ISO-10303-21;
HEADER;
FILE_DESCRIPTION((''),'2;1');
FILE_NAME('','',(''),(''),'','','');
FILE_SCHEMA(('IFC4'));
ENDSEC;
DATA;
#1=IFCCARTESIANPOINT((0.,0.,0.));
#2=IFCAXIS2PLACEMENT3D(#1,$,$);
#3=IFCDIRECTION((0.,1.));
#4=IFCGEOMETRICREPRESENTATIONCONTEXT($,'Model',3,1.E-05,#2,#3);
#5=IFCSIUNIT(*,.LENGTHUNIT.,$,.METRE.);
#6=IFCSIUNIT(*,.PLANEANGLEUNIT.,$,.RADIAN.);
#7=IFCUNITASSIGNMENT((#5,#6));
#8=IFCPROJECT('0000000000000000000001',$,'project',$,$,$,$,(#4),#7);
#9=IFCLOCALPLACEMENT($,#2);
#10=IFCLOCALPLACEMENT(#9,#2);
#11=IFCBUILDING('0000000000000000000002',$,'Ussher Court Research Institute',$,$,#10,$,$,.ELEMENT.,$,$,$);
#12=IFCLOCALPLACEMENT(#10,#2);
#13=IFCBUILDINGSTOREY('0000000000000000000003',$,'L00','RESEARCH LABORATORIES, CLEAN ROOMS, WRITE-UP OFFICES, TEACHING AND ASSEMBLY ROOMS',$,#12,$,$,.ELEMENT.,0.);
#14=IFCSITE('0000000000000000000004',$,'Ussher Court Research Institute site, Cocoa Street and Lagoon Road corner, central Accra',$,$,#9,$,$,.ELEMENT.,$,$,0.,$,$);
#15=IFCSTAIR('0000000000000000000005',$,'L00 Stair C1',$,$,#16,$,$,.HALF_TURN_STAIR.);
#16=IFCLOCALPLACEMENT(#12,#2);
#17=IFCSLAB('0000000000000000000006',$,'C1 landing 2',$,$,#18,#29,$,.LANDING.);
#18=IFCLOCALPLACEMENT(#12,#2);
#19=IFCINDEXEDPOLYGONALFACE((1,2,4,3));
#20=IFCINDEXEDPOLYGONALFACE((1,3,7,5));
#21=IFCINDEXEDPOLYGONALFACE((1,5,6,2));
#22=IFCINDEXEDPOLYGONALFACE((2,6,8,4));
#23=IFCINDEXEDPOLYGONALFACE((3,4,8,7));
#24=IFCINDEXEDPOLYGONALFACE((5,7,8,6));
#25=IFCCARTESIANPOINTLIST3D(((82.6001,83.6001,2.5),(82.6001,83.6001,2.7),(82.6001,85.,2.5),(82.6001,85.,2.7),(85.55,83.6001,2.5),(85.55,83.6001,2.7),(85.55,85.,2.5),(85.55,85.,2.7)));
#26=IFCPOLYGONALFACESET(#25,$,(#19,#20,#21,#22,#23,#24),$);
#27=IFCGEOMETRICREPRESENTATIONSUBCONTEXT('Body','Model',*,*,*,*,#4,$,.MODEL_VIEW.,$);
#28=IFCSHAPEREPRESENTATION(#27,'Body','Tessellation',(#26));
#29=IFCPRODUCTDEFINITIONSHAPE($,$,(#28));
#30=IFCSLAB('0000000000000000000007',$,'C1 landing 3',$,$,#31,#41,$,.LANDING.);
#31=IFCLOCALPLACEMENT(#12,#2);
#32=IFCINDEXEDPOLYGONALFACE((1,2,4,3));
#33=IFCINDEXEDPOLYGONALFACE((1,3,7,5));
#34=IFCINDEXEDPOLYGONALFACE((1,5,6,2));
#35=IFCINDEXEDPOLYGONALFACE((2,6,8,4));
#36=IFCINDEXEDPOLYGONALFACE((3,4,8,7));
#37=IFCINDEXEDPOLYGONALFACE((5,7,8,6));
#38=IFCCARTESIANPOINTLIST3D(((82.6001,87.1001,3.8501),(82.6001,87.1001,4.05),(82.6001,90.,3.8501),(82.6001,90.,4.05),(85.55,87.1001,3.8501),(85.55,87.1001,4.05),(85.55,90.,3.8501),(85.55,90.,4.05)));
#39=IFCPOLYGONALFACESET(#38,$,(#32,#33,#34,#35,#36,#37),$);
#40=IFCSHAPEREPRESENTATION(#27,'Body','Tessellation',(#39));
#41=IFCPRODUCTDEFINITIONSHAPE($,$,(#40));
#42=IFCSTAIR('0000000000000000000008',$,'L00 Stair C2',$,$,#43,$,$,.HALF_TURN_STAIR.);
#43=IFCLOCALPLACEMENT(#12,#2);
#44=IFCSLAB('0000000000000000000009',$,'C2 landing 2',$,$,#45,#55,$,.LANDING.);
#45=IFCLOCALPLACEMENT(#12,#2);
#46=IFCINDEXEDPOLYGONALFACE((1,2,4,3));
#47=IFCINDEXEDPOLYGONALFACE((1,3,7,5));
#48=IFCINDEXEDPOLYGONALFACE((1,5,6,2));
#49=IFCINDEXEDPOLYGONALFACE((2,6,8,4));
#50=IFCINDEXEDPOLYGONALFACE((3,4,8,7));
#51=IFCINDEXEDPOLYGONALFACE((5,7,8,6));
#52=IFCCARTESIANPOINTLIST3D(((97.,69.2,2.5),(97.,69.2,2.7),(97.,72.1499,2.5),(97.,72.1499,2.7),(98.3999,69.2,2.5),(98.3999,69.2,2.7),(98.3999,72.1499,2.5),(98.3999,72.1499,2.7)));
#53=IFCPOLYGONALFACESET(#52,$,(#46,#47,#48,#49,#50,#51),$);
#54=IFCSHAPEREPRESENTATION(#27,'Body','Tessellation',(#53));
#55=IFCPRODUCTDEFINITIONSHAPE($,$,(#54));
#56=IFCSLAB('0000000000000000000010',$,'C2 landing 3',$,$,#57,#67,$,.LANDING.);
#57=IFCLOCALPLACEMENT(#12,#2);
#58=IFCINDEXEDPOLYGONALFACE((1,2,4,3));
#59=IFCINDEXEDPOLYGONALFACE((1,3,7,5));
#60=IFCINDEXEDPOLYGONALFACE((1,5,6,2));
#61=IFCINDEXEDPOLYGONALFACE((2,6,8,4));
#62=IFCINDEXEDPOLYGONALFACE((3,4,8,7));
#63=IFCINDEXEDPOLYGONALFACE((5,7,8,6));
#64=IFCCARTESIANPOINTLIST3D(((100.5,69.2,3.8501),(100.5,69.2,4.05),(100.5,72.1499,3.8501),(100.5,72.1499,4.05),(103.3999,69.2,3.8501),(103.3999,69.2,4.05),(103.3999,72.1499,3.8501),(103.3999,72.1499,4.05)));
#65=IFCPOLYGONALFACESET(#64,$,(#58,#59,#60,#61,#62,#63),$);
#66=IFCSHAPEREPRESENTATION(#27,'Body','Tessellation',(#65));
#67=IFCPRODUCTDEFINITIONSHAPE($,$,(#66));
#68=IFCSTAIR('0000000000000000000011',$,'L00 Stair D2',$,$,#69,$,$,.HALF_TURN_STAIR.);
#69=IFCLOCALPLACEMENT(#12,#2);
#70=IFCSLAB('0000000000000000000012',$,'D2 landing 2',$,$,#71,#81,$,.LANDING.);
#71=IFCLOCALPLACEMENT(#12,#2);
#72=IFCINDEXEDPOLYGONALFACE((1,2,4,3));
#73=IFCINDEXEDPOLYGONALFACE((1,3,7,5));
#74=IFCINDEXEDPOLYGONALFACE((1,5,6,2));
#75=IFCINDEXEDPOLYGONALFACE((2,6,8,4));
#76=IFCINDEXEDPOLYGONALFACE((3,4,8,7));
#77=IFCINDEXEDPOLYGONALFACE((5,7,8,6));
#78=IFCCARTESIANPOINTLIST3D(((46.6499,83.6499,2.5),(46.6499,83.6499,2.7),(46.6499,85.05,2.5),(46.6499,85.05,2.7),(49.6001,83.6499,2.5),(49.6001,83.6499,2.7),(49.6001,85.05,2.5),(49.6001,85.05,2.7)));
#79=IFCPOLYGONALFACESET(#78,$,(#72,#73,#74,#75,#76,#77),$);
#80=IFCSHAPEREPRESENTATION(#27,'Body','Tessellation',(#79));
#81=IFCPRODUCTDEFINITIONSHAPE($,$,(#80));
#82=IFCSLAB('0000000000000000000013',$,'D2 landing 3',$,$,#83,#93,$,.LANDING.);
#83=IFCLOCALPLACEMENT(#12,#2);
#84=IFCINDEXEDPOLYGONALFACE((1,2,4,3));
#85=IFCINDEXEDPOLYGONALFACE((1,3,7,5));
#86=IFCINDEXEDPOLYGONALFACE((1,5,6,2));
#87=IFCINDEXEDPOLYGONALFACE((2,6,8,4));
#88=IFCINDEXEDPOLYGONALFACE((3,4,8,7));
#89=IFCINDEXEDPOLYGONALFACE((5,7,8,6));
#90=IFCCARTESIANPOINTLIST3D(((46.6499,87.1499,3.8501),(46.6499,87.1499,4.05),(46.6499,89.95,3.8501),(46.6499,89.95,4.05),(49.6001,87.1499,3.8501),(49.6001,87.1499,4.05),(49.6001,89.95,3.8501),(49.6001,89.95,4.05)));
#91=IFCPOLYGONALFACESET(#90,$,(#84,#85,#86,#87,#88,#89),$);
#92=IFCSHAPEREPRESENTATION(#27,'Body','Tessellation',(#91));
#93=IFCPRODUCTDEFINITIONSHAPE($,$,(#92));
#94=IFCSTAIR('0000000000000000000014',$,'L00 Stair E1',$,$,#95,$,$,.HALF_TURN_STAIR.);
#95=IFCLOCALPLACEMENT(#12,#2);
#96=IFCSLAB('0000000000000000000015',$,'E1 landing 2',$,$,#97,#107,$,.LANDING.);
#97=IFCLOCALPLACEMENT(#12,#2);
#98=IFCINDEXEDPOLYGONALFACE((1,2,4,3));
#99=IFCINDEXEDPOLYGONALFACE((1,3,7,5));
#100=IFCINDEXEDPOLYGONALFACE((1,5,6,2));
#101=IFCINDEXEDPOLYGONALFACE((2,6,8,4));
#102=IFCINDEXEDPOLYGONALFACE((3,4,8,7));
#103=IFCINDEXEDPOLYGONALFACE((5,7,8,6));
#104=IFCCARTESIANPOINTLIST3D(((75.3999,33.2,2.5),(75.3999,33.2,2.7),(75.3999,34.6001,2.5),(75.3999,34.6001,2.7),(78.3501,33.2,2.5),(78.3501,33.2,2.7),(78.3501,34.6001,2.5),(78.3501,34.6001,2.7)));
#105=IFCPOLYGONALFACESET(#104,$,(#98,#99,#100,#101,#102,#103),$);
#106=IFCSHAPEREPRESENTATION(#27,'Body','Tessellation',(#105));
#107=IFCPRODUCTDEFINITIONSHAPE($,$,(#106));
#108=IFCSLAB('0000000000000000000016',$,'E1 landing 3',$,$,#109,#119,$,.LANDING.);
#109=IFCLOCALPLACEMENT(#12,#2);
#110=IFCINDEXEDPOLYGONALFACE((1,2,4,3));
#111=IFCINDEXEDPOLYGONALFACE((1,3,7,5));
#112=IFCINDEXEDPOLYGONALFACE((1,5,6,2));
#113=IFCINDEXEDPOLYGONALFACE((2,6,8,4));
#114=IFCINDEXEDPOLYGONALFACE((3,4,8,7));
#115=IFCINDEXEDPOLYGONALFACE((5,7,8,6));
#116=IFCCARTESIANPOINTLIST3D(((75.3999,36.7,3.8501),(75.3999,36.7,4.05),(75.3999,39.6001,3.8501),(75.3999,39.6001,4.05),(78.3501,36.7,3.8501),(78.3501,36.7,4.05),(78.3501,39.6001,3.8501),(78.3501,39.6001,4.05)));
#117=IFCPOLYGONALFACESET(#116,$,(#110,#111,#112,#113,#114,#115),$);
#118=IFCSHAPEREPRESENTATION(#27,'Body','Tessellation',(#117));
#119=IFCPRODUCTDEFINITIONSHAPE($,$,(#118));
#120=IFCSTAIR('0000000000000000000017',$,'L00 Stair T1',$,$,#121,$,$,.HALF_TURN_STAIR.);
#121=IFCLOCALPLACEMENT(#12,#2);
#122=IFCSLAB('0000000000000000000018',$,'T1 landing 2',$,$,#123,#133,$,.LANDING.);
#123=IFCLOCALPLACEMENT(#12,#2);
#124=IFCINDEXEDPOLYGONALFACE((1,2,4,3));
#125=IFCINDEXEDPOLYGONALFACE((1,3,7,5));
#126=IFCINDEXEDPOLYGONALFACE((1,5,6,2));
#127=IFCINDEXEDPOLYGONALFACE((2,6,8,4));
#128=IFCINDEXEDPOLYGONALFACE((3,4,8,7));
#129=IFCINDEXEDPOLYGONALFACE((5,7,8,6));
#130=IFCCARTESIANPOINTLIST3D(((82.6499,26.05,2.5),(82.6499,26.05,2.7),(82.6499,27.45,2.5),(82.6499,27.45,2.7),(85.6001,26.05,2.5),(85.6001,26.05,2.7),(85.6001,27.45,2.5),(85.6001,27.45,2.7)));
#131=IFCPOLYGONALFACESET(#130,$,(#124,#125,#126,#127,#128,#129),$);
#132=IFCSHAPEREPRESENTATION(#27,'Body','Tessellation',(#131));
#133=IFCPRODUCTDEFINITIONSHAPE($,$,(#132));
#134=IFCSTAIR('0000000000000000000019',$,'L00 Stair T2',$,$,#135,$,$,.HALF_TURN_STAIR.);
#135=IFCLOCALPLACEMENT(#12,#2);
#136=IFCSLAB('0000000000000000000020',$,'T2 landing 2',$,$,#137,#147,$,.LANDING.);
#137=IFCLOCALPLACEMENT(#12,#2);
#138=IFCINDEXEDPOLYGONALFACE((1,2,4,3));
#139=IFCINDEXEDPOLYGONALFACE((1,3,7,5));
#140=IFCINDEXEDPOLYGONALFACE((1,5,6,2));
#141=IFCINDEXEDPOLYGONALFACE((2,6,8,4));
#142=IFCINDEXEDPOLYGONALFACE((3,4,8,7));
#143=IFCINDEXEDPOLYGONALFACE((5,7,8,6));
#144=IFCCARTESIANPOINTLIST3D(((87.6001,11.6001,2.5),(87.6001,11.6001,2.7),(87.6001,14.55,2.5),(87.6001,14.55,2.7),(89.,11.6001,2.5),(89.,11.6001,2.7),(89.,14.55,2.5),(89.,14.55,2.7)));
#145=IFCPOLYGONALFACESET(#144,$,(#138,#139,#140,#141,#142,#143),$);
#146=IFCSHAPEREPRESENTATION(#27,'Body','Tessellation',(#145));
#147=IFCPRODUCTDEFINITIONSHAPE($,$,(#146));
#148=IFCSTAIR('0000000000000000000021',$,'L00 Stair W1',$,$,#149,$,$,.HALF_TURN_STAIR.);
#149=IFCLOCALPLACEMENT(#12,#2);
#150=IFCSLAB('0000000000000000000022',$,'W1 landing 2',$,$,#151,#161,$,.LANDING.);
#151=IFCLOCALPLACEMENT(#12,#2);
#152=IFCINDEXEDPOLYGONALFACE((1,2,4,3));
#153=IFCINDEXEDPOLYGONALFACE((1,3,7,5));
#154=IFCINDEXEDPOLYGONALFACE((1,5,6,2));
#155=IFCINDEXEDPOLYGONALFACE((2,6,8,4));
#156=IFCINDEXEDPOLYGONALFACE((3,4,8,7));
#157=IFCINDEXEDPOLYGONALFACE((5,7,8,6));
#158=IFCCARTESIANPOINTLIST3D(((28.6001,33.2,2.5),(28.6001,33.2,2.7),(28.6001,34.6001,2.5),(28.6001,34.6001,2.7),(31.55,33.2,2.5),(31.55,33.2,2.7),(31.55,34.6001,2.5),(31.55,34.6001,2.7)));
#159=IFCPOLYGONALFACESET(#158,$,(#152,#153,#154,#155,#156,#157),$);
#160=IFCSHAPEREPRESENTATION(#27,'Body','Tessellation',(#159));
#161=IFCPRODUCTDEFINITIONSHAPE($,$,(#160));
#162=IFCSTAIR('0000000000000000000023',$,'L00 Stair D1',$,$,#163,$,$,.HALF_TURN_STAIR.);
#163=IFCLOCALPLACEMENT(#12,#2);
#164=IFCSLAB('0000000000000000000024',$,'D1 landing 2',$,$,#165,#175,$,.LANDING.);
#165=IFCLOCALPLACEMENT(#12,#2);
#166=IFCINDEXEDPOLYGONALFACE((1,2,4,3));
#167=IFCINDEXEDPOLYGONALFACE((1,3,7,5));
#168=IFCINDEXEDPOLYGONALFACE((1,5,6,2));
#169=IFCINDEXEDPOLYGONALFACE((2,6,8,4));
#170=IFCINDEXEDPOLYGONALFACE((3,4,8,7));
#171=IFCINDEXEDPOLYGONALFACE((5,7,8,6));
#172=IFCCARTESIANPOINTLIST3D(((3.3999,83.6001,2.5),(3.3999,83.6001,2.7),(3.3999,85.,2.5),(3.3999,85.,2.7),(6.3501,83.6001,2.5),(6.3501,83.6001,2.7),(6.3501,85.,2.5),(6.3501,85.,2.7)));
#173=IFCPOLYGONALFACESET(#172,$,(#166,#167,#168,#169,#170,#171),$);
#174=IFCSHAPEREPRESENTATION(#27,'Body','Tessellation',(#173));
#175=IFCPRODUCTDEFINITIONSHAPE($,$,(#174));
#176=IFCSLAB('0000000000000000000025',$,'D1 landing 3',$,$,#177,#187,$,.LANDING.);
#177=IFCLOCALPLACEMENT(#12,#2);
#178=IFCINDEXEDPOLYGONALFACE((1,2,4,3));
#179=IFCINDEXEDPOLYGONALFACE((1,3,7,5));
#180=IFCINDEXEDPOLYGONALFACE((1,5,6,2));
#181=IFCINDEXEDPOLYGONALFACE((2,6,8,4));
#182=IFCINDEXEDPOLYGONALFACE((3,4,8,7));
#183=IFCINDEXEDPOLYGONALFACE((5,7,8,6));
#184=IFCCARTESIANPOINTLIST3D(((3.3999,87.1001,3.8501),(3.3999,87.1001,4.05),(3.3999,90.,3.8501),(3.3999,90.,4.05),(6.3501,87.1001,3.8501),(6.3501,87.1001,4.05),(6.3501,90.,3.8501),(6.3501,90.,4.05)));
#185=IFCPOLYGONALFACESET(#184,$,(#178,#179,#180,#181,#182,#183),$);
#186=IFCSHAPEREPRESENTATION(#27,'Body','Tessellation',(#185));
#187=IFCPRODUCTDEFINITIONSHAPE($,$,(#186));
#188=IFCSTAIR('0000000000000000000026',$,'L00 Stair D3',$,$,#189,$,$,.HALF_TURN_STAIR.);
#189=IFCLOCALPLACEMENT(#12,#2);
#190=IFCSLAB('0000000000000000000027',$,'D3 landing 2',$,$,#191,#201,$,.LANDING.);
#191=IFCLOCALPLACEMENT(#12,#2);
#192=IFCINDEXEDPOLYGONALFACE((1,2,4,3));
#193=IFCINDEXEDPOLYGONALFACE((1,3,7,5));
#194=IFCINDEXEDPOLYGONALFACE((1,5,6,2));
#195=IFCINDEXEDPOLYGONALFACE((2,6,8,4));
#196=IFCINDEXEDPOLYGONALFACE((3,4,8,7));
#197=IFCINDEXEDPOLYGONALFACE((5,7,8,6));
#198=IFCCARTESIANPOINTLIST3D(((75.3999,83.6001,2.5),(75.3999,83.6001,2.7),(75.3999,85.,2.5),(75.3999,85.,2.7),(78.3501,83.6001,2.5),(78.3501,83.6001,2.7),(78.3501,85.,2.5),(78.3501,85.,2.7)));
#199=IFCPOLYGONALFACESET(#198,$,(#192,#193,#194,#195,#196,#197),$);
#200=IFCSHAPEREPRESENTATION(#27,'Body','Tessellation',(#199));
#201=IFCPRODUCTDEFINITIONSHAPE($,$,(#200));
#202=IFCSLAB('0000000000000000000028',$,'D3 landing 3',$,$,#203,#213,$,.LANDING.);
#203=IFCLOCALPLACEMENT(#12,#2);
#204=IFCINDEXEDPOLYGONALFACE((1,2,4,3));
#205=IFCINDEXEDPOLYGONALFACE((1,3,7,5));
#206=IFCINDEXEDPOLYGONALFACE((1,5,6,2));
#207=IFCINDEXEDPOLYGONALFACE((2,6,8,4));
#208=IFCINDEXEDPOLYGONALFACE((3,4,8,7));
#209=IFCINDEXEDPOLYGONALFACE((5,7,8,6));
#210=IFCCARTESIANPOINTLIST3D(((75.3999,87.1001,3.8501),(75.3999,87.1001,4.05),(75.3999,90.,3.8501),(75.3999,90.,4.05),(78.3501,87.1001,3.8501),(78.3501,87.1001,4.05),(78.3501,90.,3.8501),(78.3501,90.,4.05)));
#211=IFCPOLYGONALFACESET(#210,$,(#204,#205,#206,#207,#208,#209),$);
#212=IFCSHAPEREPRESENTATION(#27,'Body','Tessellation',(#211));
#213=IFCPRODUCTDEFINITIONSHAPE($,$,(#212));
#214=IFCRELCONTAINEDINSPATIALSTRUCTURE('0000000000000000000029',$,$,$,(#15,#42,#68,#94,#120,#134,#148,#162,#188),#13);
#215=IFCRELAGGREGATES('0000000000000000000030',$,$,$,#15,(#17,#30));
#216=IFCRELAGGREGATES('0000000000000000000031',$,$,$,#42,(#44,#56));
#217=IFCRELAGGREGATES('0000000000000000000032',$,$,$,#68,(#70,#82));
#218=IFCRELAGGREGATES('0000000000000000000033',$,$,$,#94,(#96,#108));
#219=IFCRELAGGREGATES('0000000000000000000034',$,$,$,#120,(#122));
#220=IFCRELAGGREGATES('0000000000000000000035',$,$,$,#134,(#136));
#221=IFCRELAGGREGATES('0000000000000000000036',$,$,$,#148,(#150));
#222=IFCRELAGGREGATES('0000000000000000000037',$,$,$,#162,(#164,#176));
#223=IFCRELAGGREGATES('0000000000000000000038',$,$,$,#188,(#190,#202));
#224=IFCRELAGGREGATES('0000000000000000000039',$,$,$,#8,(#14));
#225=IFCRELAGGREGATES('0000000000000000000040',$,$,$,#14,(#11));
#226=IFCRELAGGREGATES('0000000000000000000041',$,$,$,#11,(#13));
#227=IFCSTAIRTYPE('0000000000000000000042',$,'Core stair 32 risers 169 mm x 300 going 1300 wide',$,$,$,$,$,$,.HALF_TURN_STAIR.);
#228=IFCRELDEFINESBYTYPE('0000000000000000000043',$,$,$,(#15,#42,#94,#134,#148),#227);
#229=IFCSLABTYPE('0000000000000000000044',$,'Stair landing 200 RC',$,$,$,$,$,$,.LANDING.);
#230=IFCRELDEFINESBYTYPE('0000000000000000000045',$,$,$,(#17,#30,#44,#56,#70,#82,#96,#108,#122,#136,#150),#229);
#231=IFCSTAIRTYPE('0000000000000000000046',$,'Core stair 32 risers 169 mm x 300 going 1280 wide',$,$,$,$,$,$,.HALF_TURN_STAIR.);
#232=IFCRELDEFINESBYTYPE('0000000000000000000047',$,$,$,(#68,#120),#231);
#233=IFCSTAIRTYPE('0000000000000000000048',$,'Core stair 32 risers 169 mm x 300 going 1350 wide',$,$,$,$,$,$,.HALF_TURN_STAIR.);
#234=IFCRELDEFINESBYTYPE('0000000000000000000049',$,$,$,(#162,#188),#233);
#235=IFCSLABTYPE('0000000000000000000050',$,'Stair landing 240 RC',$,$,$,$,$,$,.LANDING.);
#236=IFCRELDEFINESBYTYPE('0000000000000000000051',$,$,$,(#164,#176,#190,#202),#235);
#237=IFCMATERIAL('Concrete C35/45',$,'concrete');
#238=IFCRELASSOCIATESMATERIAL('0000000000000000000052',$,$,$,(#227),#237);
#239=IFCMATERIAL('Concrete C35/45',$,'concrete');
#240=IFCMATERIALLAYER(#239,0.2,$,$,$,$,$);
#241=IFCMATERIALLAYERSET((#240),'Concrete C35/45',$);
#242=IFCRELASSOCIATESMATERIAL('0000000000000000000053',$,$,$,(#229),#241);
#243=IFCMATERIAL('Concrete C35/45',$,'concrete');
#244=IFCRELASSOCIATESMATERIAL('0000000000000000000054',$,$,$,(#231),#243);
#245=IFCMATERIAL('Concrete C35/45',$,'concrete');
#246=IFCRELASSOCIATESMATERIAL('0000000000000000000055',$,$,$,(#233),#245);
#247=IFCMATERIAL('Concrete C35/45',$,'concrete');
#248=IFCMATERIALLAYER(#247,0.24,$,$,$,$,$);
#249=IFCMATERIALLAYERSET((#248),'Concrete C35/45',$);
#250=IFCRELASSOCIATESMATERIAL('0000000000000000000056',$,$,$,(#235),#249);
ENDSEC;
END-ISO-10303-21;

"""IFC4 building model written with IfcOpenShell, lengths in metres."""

from ifc_helpers import new_model, si_unit, direction, frame, origin, place, context, subcontext, project, spatial, polyline, outline, extrude, material, layer, layer_set, type_object, element, aggregate, save


model = new_model("IFC4")

# Units and contexts
model_context = context("Model", 3, precision=1e-05, world=origin(), true_north=direction((0.0, 1.0)))
body_context = subcontext(model_context, "Body", "Model", "MODEL_VIEW")
ifc_project = project(units=[si_unit("LENGTHUNIT", "METRE"), si_unit("PLANEANGLEUNIT", "RADIAN")], contexts=[model_context])

# Site, building, storey
site_placement = place(None, origin())
site = spatial("IfcSite", under=ifc_project, at=site_placement, Name="Ussher Court Research Institute site, Cocoa Street and Lagoon Road corner, central Accra", CompositionType="ELEMENT", RefElevation=0.0)
building_placement = place(site_placement, origin())
building = spatial("IfcBuilding", under=site, at=building_placement, Name="Ussher Court Research Institute", CompositionType="ELEMENT")
storey_placement = place(building_placement, origin())
storey = spatial("IfcBuildingStorey", under=building, at=storey_placement, Name="L00", Description="RESEARCH LABORATORIES, CLEAN ROOMS, WRITE-UP OFFICES, TEACHING AND ASSEMBLY ROOMS", CompositionType="ELEMENT", Elevation=0.0)

# Stairs, slabs
ifc_material_1 = material(Name="Concrete C35/45", Category="concrete")
stair_type_1 = type_object("IfcStairType", Name="Core stair 32 risers 169 mm x 300 going 1300 wide", PredefinedType="HALF_TURN_STAIR", material=ifc_material_1)
stair_1_placement = place(storey_placement, origin())
stair_1 = element("IfcStair", 1, at=stair_1_placement, inside=storey, type_object=stair_type_1, Name="L00 Stair C1", PredefinedType="HALF_TURN_STAIR")
ifc_material_2 = material(Name="Concrete C35/45", Category="concrete")
ifc_layer_1 = layer(ifc_material_2, 0.2)
ifc_layer_set_1 = layer_set([ifc_layer_1], Name="Concrete C35/45")
slab_type_1 = type_object("IfcSlabType", Name="Stair landing 200 RC", PredefinedType="LANDING", material=ifc_layer_set_1)
slab_1_placement = place(storey_placement, frame((0.0, 0.0, 2.5)))
slab_1 = element("IfcSlab", 2, at=slab_1_placement, type_object=slab_type_1, Name="C1 landing 2", PredefinedType="LANDING", context=body_context, shape_type="SweptSolid", body=[
    extrude(outline(polyline([(85.55, 83.6001), (85.55, 85.0), (82.6001, 85.0), (82.6001, 83.6001), (85.55, 83.6001)])), origin(), (0.0, 0.0, 1.0), 0.2),
])
slab_2_placement = place(storey_placement, frame((0.0, 0.0, 3.8501)))
slab_2 = element("IfcSlab", 3, at=slab_2_placement, type_object=slab_type_1, Name="C1 landing 3", PredefinedType="LANDING", context=body_context, shape_type="SweptSolid", body=[
    extrude(outline(polyline([(85.55, 87.1001), (85.55, 90.0), (82.6001, 90.0), (82.6001, 87.1001), (85.55, 87.1001)])), origin(), (0.0, 0.0, 1.0), 0.2),
])
aggregate(stair_1, [slab_1, slab_2])
stair_2_placement = place(storey_placement, origin())
stair_2 = element("IfcStair", 4, at=stair_2_placement, inside=storey, type_object=stair_type_1, Name="L00 Stair C2", PredefinedType="HALF_TURN_STAIR")
slab_3_placement = place(storey_placement, frame((0.0, 0.0, 2.5)))
slab_3 = element("IfcSlab", 5, at=slab_3_placement, type_object=slab_type_1, Name="C2 landing 2", PredefinedType="LANDING", context=body_context, shape_type="SweptSolid", body=[
    extrude(outline(polyline([(97.0, 69.2), (98.3999, 69.2), (98.3999, 72.1499), (97.0, 72.1499), (97.0, 69.2)])), origin(), (0.0, 0.0, 1.0), 0.2),
])
slab_4_placement = place(storey_placement, frame((0.0, 0.0, 3.8501)))
slab_4 = element("IfcSlab", 6, at=slab_4_placement, type_object=slab_type_1, Name="C2 landing 3", PredefinedType="LANDING", context=body_context, shape_type="SweptSolid", body=[
    extrude(outline(polyline([(100.5, 69.2), (103.3999, 69.2), (103.3999, 72.1499), (100.5, 72.1499), (100.5, 69.2)])), origin(), (0.0, 0.0, 1.0), 0.2),
])
aggregate(stair_2, [slab_3, slab_4])
ifc_material_3 = material(Name="Concrete C35/45", Category="concrete")
stair_type_2 = type_object("IfcStairType", Name="Core stair 32 risers 169 mm x 300 going 1280 wide", PredefinedType="HALF_TURN_STAIR", material=ifc_material_3)
stair_3_placement = place(storey_placement, origin())
stair_3 = element("IfcStair", 7, at=stair_3_placement, inside=storey, type_object=stair_type_2, Name="L00 Stair D2", PredefinedType="HALF_TURN_STAIR")
slab_5_placement = place(storey_placement, frame((0.0, 0.0, 2.5)))
slab_5 = element("IfcSlab", 8, at=slab_5_placement, type_object=slab_type_1, Name="D2 landing 2", PredefinedType="LANDING", context=body_context, shape_type="SweptSolid", body=[
    extrude(outline(polyline([(49.6001, 83.6499), (49.6001, 85.05), (46.6499, 85.05), (46.6499, 83.6499), (49.6001, 83.6499)])), origin(), (0.0, 0.0, 1.0), 0.2),
])
slab_6_placement = place(storey_placement, frame((0.0, 0.0, 3.8501)))
slab_6 = element("IfcSlab", 9, at=slab_6_placement, type_object=slab_type_1, Name="D2 landing 3", PredefinedType="LANDING", context=body_context, shape_type="SweptSolid", body=[
    extrude(outline(polyline([(49.6001, 87.1499), (49.6001, 89.95), (46.6499, 89.95), (46.6499, 87.1499), (49.6001, 87.1499)])), origin(), (0.0, 0.0, 1.0), 0.2),
])
aggregate(stair_3, [slab_5, slab_6])
stair_4_placement = place(storey_placement, origin())
stair_4 = element("IfcStair", 10, at=stair_4_placement, inside=storey, type_object=stair_type_1, Name="L00 Stair E1", PredefinedType="HALF_TURN_STAIR")
slab_7_placement = place(storey_placement, frame((0.0, 0.0, 2.5)))
slab_7 = element("IfcSlab", 11, at=slab_7_placement, type_object=slab_type_1, Name="E1 landing 2", PredefinedType="LANDING", context=body_context, shape_type="SweptSolid", body=[
    extrude(outline(polyline([(78.3501, 33.2), (78.3501, 34.6001), (75.3999, 34.6001), (75.3999, 33.2), (78.3501, 33.2)])), origin(), (0.0, 0.0, 1.0), 0.2),
])
slab_8_placement = place(storey_placement, frame((0.0, 0.0, 3.8501)))
slab_8 = element("IfcSlab", 12, at=slab_8_placement, type_object=slab_type_1, Name="E1 landing 3", PredefinedType="LANDING", context=body_context, shape_type="SweptSolid", body=[
    extrude(outline(polyline([(78.3501, 36.7), (78.3501, 39.6001), (75.3999, 39.6001), (75.3999, 36.7), (78.3501, 36.7)])), origin(), (0.0, 0.0, 1.0), 0.2),
])
aggregate(stair_4, [slab_7, slab_8])

# Stairs, slabs
stair_5_placement = place(storey_placement, origin())
stair_5 = element("IfcStair", 13, at=stair_5_placement, inside=storey, type_object=stair_type_2, Name="L00 Stair T1", PredefinedType="HALF_TURN_STAIR")
slab_9_placement = place(storey_placement, frame((0.0, 0.0, 2.5)))
slab_9 = element("IfcSlab", 14, at=slab_9_placement, type_object=slab_type_1, Name="T1 landing 2", PredefinedType="LANDING", context=body_context, shape_type="SweptSolid", body=[
    extrude(outline(polyline([(85.6001, 26.05), (85.6001, 27.45), (82.6499, 27.45), (82.6499, 26.05), (85.6001, 26.05)])), origin(), (0.0, 0.0, 1.0), 0.2),
])
aggregate(stair_5, [slab_9])
stair_6_placement = place(storey_placement, origin())
stair_6 = element("IfcStair", 15, at=stair_6_placement, inside=storey, type_object=stair_type_1, Name="L00 Stair T2", PredefinedType="HALF_TURN_STAIR")
slab_10_placement = place(storey_placement, frame((0.0, 0.0, 2.5)))
slab_10 = element("IfcSlab", 16, at=slab_10_placement, type_object=slab_type_1, Name="T2 landing 2", PredefinedType="LANDING", context=body_context, shape_type="SweptSolid", body=[
    extrude(outline(polyline([(89.0, 14.55), (87.6001, 14.55), (87.6001, 11.6001), (89.0, 11.6001), (89.0, 14.55)])), origin(), (0.0, 0.0, 1.0), 0.2),
])
aggregate(stair_6, [slab_10])
stair_7_placement = place(storey_placement, origin())
stair_7 = element("IfcStair", 17, at=stair_7_placement, inside=storey, type_object=stair_type_1, Name="L00 Stair W1", PredefinedType="HALF_TURN_STAIR")
slab_11_placement = place(storey_placement, frame((0.0, 0.0, 2.5)))
slab_11 = element("IfcSlab", 18, at=slab_11_placement, type_object=slab_type_1, Name="W1 landing 2", PredefinedType="LANDING", context=body_context, shape_type="SweptSolid", body=[
    extrude(outline(polyline([(31.55, 33.2), (31.55, 34.6001), (28.6001, 34.6001), (28.6001, 33.2), (31.55, 33.2)])), origin(), (0.0, 0.0, 1.0), 0.2),
])
aggregate(stair_7, [slab_11])

# Stairs, slabs
ifc_material_4 = material(Name="Concrete C35/45", Category="concrete")
stair_type_3 = type_object("IfcStairType", Name="Core stair 32 risers 169 mm x 300 going 1350 wide", PredefinedType="HALF_TURN_STAIR", material=ifc_material_4)
stair_8_placement = place(storey_placement, origin())
stair_8 = element("IfcStair", 19, at=stair_8_placement, inside=storey, type_object=stair_type_3, Name="L00 Stair D1", PredefinedType="HALF_TURN_STAIR")
ifc_material_5 = material(Name="Concrete C35/45", Category="concrete")
ifc_layer_2 = layer(ifc_material_5, 0.24)
ifc_layer_set_2 = layer_set([ifc_layer_2], Name="Concrete C35/45")
slab_type_2 = type_object("IfcSlabType", Name="Stair landing 240 RC", PredefinedType="LANDING", material=ifc_layer_set_2)
slab_12_placement = place(storey_placement, frame((0.0, 0.0, 2.5)))
slab_12 = element("IfcSlab", 20, at=slab_12_placement, type_object=slab_type_2, Name="D1 landing 2", PredefinedType="LANDING", context=body_context, shape_type="SweptSolid", body=[
    extrude(outline(polyline([(6.3501, 83.6001), (6.3501, 85.0), (3.3999, 85.0), (3.3999, 83.6001), (6.3501, 83.6001)])), origin(), (0.0, 0.0, 1.0), 0.2),
])
slab_13_placement = place(storey_placement, frame((0.0, 0.0, 3.8501)))
slab_13 = element("IfcSlab", 21, at=slab_13_placement, type_object=slab_type_2, Name="D1 landing 3", PredefinedType="LANDING", context=body_context, shape_type="SweptSolid", body=[
    extrude(outline(polyline([(6.3501, 87.1001), (6.3501, 90.0), (3.3999, 90.0), (3.3999, 87.1001), (6.3501, 87.1001)])), origin(), (0.0, 0.0, 1.0), 0.2),
])
aggregate(stair_8, [slab_12, slab_13])
stair_9_placement = place(storey_placement, origin())
stair_9 = element("IfcStair", 22, at=stair_9_placement, inside=storey, type_object=stair_type_3, Name="L00 Stair D3", PredefinedType="HALF_TURN_STAIR")
slab_14_placement = place(storey_placement, frame((0.0, 0.0, 2.5)))
slab_14 = element("IfcSlab", 23, at=slab_14_placement, type_object=slab_type_2, Name="D3 landing 2", PredefinedType="LANDING", context=body_context, shape_type="SweptSolid", body=[
    extrude(outline(polyline([(78.3501, 83.6001), (78.3501, 85.0), (75.3999, 85.0), (75.3999, 83.6001), (78.3501, 83.6001)])), origin(), (0.0, 0.0, 1.0), 0.2),
])
slab_15_placement = place(storey_placement, frame((0.0, 0.0, 3.8501)))
slab_15 = element("IfcSlab", 24, at=slab_15_placement, type_object=slab_type_2, Name="D3 landing 3", PredefinedType="LANDING", context=body_context, shape_type="SweptSolid", body=[
    extrude(outline(polyline([(78.3501, 87.1001), (78.3501, 90.0), (75.3999, 90.0), (75.3999, 87.1001), (78.3501, 87.1001)])), origin(), (0.0, 0.0, 1.0), 0.2),
])
aggregate(stair_9, [slab_14, slab_15])

save(model, "model.ifc")
